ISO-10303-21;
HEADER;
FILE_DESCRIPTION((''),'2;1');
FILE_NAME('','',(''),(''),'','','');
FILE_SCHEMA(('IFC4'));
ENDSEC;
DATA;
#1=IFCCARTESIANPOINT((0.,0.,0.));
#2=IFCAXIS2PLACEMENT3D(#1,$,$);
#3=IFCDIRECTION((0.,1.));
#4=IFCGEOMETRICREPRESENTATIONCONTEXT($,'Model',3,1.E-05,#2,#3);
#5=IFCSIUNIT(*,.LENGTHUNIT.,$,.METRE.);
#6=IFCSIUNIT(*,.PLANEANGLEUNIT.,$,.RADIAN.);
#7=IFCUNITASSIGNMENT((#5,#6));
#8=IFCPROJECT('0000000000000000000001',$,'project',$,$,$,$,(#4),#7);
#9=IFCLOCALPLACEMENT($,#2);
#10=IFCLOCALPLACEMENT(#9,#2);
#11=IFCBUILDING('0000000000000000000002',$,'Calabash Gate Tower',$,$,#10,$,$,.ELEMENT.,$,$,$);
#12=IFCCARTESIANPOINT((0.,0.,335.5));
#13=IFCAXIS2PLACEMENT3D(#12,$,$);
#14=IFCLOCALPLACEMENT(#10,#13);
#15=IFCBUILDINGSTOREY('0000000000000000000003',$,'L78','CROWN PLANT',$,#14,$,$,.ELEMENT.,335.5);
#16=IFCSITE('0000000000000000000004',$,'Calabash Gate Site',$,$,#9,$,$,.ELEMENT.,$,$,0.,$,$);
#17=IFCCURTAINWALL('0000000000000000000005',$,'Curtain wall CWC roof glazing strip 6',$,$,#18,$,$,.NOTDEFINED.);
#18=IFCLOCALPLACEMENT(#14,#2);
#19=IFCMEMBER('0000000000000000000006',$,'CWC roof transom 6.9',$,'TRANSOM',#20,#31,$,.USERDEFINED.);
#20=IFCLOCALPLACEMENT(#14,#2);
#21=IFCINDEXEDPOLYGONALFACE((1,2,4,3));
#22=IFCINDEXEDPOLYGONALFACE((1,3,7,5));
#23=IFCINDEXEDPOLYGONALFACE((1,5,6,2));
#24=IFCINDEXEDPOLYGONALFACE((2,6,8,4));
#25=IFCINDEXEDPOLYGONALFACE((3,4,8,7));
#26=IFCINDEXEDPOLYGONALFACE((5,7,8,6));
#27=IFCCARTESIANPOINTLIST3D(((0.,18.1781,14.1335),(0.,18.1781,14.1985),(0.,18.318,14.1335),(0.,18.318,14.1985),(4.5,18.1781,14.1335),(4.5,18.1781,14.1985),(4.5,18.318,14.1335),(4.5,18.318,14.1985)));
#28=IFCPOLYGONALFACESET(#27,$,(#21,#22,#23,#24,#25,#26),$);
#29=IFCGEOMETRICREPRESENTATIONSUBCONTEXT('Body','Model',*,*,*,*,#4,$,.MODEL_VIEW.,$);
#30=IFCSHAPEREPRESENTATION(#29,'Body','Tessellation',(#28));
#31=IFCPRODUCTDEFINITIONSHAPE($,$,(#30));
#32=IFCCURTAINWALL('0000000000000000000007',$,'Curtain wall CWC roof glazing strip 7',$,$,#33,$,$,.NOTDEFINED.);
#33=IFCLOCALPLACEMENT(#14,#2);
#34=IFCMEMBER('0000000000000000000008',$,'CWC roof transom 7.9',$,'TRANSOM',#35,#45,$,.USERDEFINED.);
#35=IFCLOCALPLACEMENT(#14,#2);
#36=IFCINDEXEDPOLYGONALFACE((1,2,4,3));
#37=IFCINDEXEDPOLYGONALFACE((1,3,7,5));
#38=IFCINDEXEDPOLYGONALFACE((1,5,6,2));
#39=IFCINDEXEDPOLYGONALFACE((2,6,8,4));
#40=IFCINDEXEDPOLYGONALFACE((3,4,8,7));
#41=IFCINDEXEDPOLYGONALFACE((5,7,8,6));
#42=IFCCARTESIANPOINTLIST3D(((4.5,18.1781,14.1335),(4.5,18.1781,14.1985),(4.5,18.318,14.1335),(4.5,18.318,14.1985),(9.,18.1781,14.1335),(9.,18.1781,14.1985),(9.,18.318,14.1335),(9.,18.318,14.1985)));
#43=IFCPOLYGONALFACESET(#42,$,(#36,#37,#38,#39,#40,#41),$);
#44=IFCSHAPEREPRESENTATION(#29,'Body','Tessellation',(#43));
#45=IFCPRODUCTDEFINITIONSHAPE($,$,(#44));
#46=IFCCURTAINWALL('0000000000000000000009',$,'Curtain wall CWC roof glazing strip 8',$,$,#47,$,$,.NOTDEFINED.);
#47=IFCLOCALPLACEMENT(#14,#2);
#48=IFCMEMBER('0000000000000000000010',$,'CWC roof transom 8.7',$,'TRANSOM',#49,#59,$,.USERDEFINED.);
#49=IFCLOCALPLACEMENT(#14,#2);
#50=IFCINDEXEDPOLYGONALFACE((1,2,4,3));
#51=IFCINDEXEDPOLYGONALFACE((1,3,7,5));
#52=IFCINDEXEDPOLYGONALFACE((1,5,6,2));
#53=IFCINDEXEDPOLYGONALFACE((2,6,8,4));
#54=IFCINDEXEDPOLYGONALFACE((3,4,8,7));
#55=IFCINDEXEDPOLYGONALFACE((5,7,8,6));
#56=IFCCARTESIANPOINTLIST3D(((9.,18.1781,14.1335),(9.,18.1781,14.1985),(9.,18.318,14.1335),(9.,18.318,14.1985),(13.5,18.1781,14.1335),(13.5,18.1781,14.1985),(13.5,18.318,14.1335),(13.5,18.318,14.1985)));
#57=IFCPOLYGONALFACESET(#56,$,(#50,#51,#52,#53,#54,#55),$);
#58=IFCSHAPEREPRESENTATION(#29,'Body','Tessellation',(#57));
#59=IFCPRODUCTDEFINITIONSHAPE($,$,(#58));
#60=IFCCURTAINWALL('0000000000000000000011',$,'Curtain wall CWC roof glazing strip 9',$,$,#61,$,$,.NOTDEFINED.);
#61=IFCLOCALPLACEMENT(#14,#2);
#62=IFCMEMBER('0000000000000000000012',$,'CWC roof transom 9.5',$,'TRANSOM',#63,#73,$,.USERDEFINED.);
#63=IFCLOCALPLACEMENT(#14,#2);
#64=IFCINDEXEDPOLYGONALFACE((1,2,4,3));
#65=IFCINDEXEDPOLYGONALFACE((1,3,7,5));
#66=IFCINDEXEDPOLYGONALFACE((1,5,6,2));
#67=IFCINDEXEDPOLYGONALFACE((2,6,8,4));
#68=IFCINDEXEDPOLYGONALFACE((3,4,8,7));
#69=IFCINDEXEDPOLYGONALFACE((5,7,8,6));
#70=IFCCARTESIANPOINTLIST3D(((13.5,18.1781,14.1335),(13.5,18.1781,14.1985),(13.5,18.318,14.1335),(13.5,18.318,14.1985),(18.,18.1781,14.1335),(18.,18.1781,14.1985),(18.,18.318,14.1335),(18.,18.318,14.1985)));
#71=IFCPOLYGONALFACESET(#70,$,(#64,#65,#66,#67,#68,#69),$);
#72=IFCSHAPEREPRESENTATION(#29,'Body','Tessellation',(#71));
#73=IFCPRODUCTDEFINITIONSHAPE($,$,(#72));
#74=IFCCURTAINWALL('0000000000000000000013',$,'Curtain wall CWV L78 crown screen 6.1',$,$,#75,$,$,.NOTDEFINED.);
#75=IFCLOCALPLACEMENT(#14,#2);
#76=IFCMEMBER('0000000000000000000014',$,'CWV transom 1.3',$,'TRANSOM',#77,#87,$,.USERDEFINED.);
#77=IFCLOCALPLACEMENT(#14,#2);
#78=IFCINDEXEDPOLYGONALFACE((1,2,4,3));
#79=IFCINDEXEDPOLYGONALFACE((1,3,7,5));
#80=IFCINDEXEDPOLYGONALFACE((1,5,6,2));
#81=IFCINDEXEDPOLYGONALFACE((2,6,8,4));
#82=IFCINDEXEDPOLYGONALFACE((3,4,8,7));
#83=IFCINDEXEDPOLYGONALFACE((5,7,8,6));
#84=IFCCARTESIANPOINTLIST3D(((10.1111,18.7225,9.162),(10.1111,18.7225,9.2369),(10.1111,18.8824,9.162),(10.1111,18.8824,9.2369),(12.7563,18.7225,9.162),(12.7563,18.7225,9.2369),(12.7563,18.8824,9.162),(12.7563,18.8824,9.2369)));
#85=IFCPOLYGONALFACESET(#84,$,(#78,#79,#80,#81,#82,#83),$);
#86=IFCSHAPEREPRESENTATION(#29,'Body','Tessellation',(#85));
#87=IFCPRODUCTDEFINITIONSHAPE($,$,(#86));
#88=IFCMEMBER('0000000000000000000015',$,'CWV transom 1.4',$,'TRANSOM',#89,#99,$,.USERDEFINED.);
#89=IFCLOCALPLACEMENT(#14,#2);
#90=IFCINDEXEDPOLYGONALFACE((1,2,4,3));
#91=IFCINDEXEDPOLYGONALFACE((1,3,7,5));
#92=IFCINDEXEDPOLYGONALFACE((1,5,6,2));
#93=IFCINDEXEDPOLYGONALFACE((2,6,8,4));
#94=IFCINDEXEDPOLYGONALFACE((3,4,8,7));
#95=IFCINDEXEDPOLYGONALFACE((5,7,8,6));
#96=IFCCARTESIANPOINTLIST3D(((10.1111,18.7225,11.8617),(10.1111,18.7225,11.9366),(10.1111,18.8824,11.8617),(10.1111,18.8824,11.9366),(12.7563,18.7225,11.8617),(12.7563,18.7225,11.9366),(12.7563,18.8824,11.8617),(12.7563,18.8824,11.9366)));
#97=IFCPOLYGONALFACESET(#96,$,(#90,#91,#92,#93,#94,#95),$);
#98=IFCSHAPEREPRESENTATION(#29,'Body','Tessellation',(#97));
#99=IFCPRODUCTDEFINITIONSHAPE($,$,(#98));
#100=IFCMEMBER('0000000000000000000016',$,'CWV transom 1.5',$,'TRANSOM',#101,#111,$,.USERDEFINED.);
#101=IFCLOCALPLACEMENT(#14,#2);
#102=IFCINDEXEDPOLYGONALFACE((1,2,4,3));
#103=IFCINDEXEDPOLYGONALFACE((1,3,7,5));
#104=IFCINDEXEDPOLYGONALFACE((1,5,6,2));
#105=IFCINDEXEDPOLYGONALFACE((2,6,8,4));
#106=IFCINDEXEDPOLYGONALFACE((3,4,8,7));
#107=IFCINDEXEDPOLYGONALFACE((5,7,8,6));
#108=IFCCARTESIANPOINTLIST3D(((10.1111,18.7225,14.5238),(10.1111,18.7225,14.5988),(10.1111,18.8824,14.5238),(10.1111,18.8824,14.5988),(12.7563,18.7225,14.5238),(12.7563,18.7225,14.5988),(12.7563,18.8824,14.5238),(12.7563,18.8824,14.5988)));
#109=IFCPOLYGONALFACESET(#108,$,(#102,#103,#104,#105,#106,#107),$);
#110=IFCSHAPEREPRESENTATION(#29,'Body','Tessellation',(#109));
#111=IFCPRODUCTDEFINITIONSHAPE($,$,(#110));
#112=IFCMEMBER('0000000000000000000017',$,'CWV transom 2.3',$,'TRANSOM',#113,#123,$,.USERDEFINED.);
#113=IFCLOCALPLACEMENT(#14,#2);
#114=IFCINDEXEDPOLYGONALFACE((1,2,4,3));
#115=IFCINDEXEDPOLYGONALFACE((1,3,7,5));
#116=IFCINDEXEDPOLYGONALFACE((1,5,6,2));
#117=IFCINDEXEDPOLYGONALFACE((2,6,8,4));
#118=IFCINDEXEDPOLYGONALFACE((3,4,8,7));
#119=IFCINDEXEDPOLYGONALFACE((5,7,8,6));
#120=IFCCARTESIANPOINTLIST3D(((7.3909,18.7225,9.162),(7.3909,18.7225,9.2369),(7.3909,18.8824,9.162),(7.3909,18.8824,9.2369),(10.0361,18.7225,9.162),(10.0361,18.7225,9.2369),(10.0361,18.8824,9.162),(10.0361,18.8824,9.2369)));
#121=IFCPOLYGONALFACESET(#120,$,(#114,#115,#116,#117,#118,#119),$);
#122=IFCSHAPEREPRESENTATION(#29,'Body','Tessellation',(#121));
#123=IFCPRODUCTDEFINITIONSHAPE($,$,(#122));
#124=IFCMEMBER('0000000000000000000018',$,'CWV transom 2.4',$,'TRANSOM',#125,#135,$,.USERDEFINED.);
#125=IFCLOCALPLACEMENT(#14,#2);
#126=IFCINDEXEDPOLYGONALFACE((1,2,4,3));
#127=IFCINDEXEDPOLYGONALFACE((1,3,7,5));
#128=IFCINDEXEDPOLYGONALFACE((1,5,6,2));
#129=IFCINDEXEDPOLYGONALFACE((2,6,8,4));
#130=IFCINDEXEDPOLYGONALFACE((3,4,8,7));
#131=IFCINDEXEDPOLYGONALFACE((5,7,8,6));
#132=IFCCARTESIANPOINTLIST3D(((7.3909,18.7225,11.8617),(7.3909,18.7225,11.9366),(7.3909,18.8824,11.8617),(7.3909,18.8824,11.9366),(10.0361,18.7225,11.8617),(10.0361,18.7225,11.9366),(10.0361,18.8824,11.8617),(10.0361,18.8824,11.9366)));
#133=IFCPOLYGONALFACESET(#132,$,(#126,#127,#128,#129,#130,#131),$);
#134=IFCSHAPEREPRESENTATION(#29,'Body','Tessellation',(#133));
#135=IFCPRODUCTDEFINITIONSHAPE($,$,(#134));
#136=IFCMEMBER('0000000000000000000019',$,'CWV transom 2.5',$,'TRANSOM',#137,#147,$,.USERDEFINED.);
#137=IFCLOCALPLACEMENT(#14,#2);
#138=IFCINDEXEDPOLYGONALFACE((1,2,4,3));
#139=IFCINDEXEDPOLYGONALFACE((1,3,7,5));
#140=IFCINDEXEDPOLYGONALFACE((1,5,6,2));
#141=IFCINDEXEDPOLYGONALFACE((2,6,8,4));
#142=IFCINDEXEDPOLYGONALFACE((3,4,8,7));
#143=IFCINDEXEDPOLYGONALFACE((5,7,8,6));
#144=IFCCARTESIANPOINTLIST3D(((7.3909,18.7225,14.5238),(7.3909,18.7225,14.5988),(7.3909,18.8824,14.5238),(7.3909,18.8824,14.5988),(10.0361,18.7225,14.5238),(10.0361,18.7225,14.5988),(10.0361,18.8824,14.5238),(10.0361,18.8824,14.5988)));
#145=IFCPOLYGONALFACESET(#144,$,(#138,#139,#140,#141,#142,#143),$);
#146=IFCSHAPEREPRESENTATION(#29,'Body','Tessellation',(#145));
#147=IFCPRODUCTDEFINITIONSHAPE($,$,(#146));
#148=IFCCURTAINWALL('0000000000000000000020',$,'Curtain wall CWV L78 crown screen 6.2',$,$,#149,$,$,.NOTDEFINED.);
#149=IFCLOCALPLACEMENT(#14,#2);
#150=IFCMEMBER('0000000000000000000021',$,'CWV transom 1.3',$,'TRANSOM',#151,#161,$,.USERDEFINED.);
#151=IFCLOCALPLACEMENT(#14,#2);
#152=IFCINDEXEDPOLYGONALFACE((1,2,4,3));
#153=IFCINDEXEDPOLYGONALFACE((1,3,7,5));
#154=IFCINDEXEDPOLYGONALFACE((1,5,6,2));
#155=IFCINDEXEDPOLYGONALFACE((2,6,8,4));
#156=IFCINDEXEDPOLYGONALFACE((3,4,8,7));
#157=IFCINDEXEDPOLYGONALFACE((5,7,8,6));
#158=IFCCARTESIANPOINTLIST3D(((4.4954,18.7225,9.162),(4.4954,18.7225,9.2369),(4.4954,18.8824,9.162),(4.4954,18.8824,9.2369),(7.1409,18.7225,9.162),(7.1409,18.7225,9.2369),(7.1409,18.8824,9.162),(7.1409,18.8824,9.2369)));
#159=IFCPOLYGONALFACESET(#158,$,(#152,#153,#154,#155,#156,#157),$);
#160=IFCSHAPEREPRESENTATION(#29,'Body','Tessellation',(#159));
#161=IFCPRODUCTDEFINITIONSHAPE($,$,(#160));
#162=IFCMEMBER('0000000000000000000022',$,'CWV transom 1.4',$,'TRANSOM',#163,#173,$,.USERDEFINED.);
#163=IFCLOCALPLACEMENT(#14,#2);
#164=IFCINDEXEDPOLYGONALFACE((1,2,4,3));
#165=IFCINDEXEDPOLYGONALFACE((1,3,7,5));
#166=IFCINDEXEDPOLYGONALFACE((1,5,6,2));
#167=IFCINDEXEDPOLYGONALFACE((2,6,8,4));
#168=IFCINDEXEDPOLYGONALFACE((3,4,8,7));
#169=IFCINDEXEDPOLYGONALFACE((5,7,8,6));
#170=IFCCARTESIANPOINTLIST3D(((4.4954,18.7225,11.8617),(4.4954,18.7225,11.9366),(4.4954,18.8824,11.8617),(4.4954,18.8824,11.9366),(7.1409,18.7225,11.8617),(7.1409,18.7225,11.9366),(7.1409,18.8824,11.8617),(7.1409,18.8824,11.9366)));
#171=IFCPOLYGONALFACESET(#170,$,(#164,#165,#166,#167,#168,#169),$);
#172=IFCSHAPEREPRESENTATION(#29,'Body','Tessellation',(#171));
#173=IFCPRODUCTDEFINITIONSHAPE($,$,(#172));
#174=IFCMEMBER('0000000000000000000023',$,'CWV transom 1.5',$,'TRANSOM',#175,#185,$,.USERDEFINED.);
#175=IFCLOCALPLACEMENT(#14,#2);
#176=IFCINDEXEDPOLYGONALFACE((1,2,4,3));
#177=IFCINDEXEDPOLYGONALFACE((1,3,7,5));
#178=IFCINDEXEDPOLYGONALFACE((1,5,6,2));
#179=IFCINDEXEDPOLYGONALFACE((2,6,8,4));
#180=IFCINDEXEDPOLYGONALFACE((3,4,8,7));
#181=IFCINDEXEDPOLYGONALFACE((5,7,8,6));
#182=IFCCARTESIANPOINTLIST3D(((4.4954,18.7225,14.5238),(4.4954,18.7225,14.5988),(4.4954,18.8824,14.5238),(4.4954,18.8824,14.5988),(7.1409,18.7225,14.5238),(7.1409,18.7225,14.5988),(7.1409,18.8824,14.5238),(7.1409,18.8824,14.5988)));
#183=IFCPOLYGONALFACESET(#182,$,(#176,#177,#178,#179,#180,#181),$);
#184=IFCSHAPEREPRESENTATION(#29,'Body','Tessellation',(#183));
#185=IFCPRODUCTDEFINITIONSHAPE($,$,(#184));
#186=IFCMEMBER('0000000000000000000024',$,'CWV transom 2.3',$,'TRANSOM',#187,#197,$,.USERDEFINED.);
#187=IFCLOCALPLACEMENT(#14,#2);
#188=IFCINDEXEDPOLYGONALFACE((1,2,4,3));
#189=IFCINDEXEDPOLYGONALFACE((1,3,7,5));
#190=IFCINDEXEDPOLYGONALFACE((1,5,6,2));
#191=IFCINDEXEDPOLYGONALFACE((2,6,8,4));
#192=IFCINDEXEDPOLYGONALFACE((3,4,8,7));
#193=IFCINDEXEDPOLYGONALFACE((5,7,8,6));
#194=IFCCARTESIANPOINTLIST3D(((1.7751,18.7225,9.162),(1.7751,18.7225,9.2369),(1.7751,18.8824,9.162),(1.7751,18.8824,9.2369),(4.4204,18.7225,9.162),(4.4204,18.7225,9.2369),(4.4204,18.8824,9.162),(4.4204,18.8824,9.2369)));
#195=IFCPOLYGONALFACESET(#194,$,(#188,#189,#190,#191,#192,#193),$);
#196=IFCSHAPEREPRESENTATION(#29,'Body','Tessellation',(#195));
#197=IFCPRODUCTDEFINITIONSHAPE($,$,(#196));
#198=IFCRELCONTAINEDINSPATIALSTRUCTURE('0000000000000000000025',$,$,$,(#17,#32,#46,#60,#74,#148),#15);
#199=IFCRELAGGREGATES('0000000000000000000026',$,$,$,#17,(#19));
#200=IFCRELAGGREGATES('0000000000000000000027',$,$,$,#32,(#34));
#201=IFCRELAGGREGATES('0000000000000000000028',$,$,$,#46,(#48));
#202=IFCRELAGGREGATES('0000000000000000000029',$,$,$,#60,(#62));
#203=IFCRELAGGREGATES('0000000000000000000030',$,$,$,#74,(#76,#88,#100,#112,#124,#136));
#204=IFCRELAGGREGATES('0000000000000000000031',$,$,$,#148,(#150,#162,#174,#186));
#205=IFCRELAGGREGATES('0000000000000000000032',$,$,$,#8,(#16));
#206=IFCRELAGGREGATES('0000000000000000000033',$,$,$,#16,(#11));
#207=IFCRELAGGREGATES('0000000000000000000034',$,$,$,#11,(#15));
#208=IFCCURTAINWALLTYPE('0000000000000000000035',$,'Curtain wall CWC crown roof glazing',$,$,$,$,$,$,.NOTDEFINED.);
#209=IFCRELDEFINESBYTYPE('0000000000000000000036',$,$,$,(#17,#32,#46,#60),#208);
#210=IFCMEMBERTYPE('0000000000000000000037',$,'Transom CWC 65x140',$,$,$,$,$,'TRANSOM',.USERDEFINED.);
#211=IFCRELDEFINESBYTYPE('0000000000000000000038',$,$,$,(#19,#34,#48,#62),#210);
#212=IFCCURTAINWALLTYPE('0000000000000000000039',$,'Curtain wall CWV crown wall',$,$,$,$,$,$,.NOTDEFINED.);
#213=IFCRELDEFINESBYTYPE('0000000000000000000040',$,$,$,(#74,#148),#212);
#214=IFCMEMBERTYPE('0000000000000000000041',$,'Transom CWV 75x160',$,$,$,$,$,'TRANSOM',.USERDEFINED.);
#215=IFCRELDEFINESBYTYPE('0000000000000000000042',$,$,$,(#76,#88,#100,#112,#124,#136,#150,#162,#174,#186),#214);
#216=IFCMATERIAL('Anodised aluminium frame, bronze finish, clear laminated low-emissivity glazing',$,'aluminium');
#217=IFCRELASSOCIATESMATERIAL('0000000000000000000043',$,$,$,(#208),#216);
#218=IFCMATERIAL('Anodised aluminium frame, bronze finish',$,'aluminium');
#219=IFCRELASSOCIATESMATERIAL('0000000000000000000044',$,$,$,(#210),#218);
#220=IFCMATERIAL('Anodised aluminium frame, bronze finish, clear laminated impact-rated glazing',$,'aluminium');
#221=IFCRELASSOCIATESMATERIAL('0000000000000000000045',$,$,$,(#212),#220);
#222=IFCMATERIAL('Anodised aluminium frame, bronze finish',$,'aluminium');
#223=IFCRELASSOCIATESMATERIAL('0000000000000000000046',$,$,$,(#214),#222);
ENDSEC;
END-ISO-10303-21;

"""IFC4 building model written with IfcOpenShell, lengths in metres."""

from ifc_helpers import new_model, si_unit, direction, frame, origin, origin_2d, place, context, subcontext, project, spatial, rectangle, extrude, material, material_profile, profile_set, type_object, element, aggregate, save


model = new_model("IFC4")

# Units and contexts
model_context = context("Model", 3, precision=1e-05, world=origin(), true_north=direction((0.0, 1.0)))
body_context = subcontext(model_context, "Body", "Model", "MODEL_VIEW")
ifc_project = project(units=[si_unit("LENGTHUNIT", "METRE"), si_unit("PLANEANGLEUNIT", "RADIAN")], contexts=[model_context])

# Site, building, storey
site_placement = place(None, origin())
site = spatial("IfcSite", under=ifc_project, at=site_placement, Name="Calabash Gate Site", CompositionType="ELEMENT", RefElevation=0.0)
building_placement = place(site_placement, origin())
building = spatial("IfcBuilding", under=site, at=building_placement, Name="Calabash Gate Tower", CompositionType="ELEMENT")
storey_placement = place(building_placement, frame((0.0, 0.0, 335.5)))
storey = spatial("IfcBuildingStorey", under=building, at=storey_placement, Name="L78", Description="CROWN PLANT", CompositionType="ELEMENT", Elevation=335.5)

# Curtain walls, members
ifc_material_1 = material(Name="Anodised aluminium frame, bronze finish, clear laminated low-emissivity glazing", Category="aluminium")
curtain_wall_type_1 = type_object("IfcCurtainWallType", Name="Curtain wall CWC crown roof glazing", PredefinedType="NOTDEFINED", material=ifc_material_1)
curtain_wall_1_placement = place(storey_placement, origin())
curtain_wall_1 = element("IfcCurtainWall", 1, at=curtain_wall_1_placement, inside=storey, type_object=curtain_wall_type_1, Name="Curtain wall CWC roof glazing strip 6", PredefinedType="NOTDEFINED")
ifc_material_2 = material(Name="Anodised aluminium frame, bronze finish", Category="aluminium")
ifc_material_profile_1 = material_profile(ifc_material_2, rectangle(XDim=0.1399, YDim=0.0649, at=origin_2d()))
ifc_profile_set_1 = profile_set([ifc_material_profile_1], Name="Anodised aluminium frame, bronze finish")
member_type_1 = type_object("IfcMemberType", Name="Transom CWC 65x140", ElementType="TRANSOM", PredefinedType="USERDEFINED", material=ifc_profile_set_1)
member_1_placement = place(storey_placement, frame((0.0, 18.248, 14.166), z_axis=(1.0, 0.0, 0.0), x_axis=(0.0, 1.0, 0.0)))
member_1 = element("IfcMember", 2, at=member_1_placement, type_object=member_type_1, Name="CWC roof transom 6.9", ObjectType="TRANSOM", PredefinedType="USERDEFINED", context=body_context, shape_type="SweptSolid", body=[
    extrude(rectangle(XDim=0.1399, YDim=0.0649, at=origin_2d()), origin(), (0.0, 0.0, 1.0), 4.5),
])
aggregate(curtain_wall_1, [member_1])
curtain_wall_2_placement = place(storey_placement, origin())
curtain_wall_2 = element("IfcCurtainWall", 3, at=curtain_wall_2_placement, inside=storey, type_object=curtain_wall_type_1, Name="Curtain wall CWC roof glazing strip 7", PredefinedType="NOTDEFINED")
member_2_placement = place(storey_placement, frame((4.5, 18.248, 14.166), z_axis=(1.0, 0.0, 0.0), x_axis=(0.0, 1.0, 0.0)))
member_2 = element("IfcMember", 4, at=member_2_placement, type_object=member_type_1, Name="CWC roof transom 7.9", ObjectType="TRANSOM", PredefinedType="USERDEFINED", context=body_context, shape_type="SweptSolid", body=[
    extrude(rectangle(XDim=0.1399, YDim=0.0649, at=origin_2d()), origin(), (0.0, 0.0, 1.0), 4.5),
])
curtain_wall_3_placement = place(storey_placement, origin())
curtain_wall_3 = element("IfcCurtainWall", 5, at=curtain_wall_3_placement, inside=storey, type_object=curtain_wall_type_1, Name="Curtain wall CWC roof glazing strip 8", PredefinedType="NOTDEFINED")
member_3_placement = place(storey_placement, frame((9.0, 18.248, 14.166), z_axis=(1.0, 0.0, 0.0), x_axis=(0.0, 1.0, 0.0)))
member_3 = element("IfcMember", 6, at=member_3_placement, type_object=member_type_1, Name="CWC roof transom 8.7", ObjectType="TRANSOM", PredefinedType="USERDEFINED", context=body_context, shape_type="SweptSolid", body=[
    extrude(rectangle(XDim=0.1399, YDim=0.0649, at=origin_2d()), origin(), (0.0, 0.0, 1.0), 4.5),
])
curtain_wall_4_placement = place(storey_placement, origin())
curtain_wall_4 = element("IfcCurtainWall", 7, at=curtain_wall_4_placement, inside=storey, type_object=curtain_wall_type_1, Name="Curtain wall CWC roof glazing strip 9", PredefinedType="NOTDEFINED")
member_4_placement = place(storey_placement, frame((13.5, 18.248, 14.166), z_axis=(1.0, 0.0, 0.0), x_axis=(0.0, 1.0, 0.0)))
member_4 = element("IfcMember", 8, at=member_4_placement, type_object=member_type_1, Name="CWC roof transom 9.5", ObjectType="TRANSOM", PredefinedType="USERDEFINED", context=body_context, shape_type="SweptSolid", body=[
    extrude(rectangle(XDim=0.1399, YDim=0.0649, at=origin_2d()), origin(), (0.0, 0.0, 1.0), 4.5),
])

# Curtain walls, members
ifc_material_3 = material(Name="Anodised aluminium frame, bronze finish, clear laminated impact-rated glazing", Category="aluminium")
curtain_wall_type_2 = type_object("IfcCurtainWallType", Name="Curtain wall CWV crown wall", PredefinedType="NOTDEFINED", material=ifc_material_3)
curtain_wall_5_placement = place(storey_placement, origin())
curtain_wall_5 = element("IfcCurtainWall", 9, at=curtain_wall_5_placement, inside=storey, type_object=curtain_wall_type_2, Name="Curtain wall CWV L78 crown screen 6.1", PredefinedType="NOTDEFINED")
ifc_material_4 = material(Name="Anodised aluminium frame, bronze finish", Category="aluminium")
ifc_material_profile_2 = material_profile(ifc_material_4, rectangle(XDim=0.1599, YDim=0.075, at=origin_2d()))
ifc_profile_set_2 = profile_set([ifc_material_profile_2], Name="Anodised aluminium frame, bronze finish")
member_type_2 = type_object("IfcMemberType", Name="Transom CWV 75x160", ElementType="TRANSOM", PredefinedType="USERDEFINED", material=ifc_profile_set_2)
member_5_placement = place(storey_placement, frame((12.7563, 18.8025, 9.1995), z_axis=(-1.0, 0.0, 0.0), x_axis=(0.0, -1.0, 0.0)))
member_5 = element("IfcMember", 10, at=member_5_placement, type_object=member_type_2, Name="CWV transom 1.3", ObjectType="TRANSOM", PredefinedType="USERDEFINED", context=body_context, shape_type="SweptSolid", body=[
    extrude(rectangle(XDim=0.1599, YDim=0.075, at=origin_2d()), origin(), (0.0, 0.0, 1.0), 2.6453),
])
member_6_placement = place(storey_placement, frame((12.7563, 18.8025, 11.8992), z_axis=(-1.0, 0.0, 0.0), x_axis=(0.0, -1.0, 0.0)))
member_6 = element("IfcMember", 11, at=member_6_placement, type_object=member_type_2, Name="CWV transom 1.4", ObjectType="TRANSOM", PredefinedType="USERDEFINED", context=body_context, shape_type="SweptSolid", body=[
    extrude(rectangle(XDim=0.1599, YDim=0.075, at=origin_2d()), origin(), (0.0, 0.0, 1.0), 2.6453),
])
member_7_placement = place(storey_placement, frame((12.7563, 18.8025, 14.5613), z_axis=(-1.0, 0.0, 0.0), x_axis=(0.0, -1.0, 0.0)))
member_7 = element("IfcMember", 12, at=member_7_placement, type_object=member_type_2, Name="CWV transom 1.5", ObjectType="TRANSOM", PredefinedType="USERDEFINED", context=body_context, shape_type="SweptSolid", body=[
    extrude(rectangle(XDim=0.1599, YDim=0.075, at=origin_2d()), origin(), (0.0, 0.0, 1.0), 2.6453),
])
member_8_placement = place(storey_placement, frame((10.0361, 18.8025, 9.1995), z_axis=(-1.0, 0.0, 0.0), x_axis=(0.0, -1.0, 0.0)))
member_8 = element("IfcMember", 13, at=member_8_placement, type_object=member_type_2, Name="CWV transom 2.3", ObjectType="TRANSOM", PredefinedType="USERDEFINED", context=body_context, shape_type="SweptSolid", body=[
    extrude(rectangle(XDim=0.1599, YDim=0.075, at=origin_2d()), origin(), (0.0, 0.0, 1.0), 2.6453),
])
member_9_placement = place(storey_placement, frame((10.0361, 18.8025, 11.8992), z_axis=(-1.0, 0.0, 0.0), x_axis=(0.0, -1.0, 0.0)))
member_9 = element("IfcMember", 14, at=member_9_placement, type_object=member_type_2, Name="CWV transom 2.4", ObjectType="TRANSOM", PredefinedType="USERDEFINED", context=body_context, shape_type="SweptSolid", body=[
    extrude(rectangle(XDim=0.1599, YDim=0.075, at=origin_2d()), origin(), (0.0, 0.0, 1.0), 2.6453),
])
member_10_placement = place(storey_placement, frame((10.0361, 18.8025, 14.5613), z_axis=(-1.0, 0.0, 0.0), x_axis=(0.0, -1.0, 0.0)))
member_10 = element("IfcMember", 15, at=member_10_placement, type_object=member_type_2, Name="CWV transom 2.5", ObjectType="TRANSOM", PredefinedType="USERDEFINED", context=body_context, shape_type="SweptSolid", body=[
    extrude(rectangle(XDim=0.1599, YDim=0.075, at=origin_2d()), origin(), (0.0, 0.0, 1.0), 2.6453),
])
curtain_wall_6_placement = place(storey_placement, origin())
curtain_wall_6 = element("IfcCurtainWall", 16, at=curtain_wall_6_placement, inside=storey, type_object=curtain_wall_type_2, Name="Curtain wall CWV L78 crown screen 6.2", PredefinedType="NOTDEFINED")
member_11_placement = place(storey_placement, frame((7.1409, 18.8025, 9.1995), z_axis=(-1.0, 0.0, 0.0), x_axis=(0.0, -1.0, 0.0)))
member_11 = element("IfcMember", 17, at=member_11_placement, type_object=member_type_2, Name="CWV transom 1.3", ObjectType="TRANSOM", PredefinedType="USERDEFINED", context=body_context, shape_type="SweptSolid", body=[
    extrude(rectangle(XDim=0.1599, YDim=0.075, at=origin_2d()), origin(), (0.0, 0.0, 1.0), 2.6455),
])
member_12_placement = place(storey_placement, frame((7.1409, 18.8025, 11.8992), z_axis=(-1.0, 0.0, 0.0), x_axis=(0.0, -1.0, 0.0)))
member_12 = element("IfcMember", 18, at=member_12_placement, type_object=member_type_2, Name="CWV transom 1.4", ObjectType="TRANSOM", PredefinedType="USERDEFINED", context=body_context, shape_type="SweptSolid", body=[
    extrude(rectangle(XDim=0.1599, YDim=0.075, at=origin_2d()), origin(), (0.0, 0.0, 1.0), 2.6455),
])
member_13_placement = place(storey_placement, frame((7.1409, 18.8025, 14.5613), z_axis=(-1.0, 0.0, 0.0), x_axis=(0.0, -1.0, 0.0)))
member_13 = element("IfcMember", 19, at=member_13_placement, type_object=member_type_2, Name="CWV transom 1.5", ObjectType="TRANSOM", PredefinedType="USERDEFINED", context=body_context, shape_type="SweptSolid", body=[
    extrude(rectangle(XDim=0.1599, YDim=0.075, at=origin_2d()), origin(), (0.0, 0.0, 1.0), 2.6455),
])
member_14_placement = place(storey_placement, frame((4.4204, 18.8025, 9.1995), z_axis=(-1.0, 0.0, 0.0), x_axis=(0.0, -1.0, 0.0)))
member_14 = element("IfcMember", 20, at=member_14_placement, type_object=member_type_2, Name="CWV transom 2.3", ObjectType="TRANSOM", PredefinedType="USERDEFINED", context=body_context, shape_type="SweptSolid", body=[
    extrude(rectangle(XDim=0.1599, YDim=0.075, at=origin_2d()), origin(), (0.0, 0.0, 1.0), 2.6453),
])

aggregate(curtain_wall_2, [member_2])
aggregate(curtain_wall_3, [member_3])
aggregate(curtain_wall_4, [member_4])
aggregate(curtain_wall_5, [member_5, member_6, member_7, member_8, member_9, member_10])
aggregate(curtain_wall_6, [member_11, member_12, member_13, member_14])

save(model, "model.ifc")
